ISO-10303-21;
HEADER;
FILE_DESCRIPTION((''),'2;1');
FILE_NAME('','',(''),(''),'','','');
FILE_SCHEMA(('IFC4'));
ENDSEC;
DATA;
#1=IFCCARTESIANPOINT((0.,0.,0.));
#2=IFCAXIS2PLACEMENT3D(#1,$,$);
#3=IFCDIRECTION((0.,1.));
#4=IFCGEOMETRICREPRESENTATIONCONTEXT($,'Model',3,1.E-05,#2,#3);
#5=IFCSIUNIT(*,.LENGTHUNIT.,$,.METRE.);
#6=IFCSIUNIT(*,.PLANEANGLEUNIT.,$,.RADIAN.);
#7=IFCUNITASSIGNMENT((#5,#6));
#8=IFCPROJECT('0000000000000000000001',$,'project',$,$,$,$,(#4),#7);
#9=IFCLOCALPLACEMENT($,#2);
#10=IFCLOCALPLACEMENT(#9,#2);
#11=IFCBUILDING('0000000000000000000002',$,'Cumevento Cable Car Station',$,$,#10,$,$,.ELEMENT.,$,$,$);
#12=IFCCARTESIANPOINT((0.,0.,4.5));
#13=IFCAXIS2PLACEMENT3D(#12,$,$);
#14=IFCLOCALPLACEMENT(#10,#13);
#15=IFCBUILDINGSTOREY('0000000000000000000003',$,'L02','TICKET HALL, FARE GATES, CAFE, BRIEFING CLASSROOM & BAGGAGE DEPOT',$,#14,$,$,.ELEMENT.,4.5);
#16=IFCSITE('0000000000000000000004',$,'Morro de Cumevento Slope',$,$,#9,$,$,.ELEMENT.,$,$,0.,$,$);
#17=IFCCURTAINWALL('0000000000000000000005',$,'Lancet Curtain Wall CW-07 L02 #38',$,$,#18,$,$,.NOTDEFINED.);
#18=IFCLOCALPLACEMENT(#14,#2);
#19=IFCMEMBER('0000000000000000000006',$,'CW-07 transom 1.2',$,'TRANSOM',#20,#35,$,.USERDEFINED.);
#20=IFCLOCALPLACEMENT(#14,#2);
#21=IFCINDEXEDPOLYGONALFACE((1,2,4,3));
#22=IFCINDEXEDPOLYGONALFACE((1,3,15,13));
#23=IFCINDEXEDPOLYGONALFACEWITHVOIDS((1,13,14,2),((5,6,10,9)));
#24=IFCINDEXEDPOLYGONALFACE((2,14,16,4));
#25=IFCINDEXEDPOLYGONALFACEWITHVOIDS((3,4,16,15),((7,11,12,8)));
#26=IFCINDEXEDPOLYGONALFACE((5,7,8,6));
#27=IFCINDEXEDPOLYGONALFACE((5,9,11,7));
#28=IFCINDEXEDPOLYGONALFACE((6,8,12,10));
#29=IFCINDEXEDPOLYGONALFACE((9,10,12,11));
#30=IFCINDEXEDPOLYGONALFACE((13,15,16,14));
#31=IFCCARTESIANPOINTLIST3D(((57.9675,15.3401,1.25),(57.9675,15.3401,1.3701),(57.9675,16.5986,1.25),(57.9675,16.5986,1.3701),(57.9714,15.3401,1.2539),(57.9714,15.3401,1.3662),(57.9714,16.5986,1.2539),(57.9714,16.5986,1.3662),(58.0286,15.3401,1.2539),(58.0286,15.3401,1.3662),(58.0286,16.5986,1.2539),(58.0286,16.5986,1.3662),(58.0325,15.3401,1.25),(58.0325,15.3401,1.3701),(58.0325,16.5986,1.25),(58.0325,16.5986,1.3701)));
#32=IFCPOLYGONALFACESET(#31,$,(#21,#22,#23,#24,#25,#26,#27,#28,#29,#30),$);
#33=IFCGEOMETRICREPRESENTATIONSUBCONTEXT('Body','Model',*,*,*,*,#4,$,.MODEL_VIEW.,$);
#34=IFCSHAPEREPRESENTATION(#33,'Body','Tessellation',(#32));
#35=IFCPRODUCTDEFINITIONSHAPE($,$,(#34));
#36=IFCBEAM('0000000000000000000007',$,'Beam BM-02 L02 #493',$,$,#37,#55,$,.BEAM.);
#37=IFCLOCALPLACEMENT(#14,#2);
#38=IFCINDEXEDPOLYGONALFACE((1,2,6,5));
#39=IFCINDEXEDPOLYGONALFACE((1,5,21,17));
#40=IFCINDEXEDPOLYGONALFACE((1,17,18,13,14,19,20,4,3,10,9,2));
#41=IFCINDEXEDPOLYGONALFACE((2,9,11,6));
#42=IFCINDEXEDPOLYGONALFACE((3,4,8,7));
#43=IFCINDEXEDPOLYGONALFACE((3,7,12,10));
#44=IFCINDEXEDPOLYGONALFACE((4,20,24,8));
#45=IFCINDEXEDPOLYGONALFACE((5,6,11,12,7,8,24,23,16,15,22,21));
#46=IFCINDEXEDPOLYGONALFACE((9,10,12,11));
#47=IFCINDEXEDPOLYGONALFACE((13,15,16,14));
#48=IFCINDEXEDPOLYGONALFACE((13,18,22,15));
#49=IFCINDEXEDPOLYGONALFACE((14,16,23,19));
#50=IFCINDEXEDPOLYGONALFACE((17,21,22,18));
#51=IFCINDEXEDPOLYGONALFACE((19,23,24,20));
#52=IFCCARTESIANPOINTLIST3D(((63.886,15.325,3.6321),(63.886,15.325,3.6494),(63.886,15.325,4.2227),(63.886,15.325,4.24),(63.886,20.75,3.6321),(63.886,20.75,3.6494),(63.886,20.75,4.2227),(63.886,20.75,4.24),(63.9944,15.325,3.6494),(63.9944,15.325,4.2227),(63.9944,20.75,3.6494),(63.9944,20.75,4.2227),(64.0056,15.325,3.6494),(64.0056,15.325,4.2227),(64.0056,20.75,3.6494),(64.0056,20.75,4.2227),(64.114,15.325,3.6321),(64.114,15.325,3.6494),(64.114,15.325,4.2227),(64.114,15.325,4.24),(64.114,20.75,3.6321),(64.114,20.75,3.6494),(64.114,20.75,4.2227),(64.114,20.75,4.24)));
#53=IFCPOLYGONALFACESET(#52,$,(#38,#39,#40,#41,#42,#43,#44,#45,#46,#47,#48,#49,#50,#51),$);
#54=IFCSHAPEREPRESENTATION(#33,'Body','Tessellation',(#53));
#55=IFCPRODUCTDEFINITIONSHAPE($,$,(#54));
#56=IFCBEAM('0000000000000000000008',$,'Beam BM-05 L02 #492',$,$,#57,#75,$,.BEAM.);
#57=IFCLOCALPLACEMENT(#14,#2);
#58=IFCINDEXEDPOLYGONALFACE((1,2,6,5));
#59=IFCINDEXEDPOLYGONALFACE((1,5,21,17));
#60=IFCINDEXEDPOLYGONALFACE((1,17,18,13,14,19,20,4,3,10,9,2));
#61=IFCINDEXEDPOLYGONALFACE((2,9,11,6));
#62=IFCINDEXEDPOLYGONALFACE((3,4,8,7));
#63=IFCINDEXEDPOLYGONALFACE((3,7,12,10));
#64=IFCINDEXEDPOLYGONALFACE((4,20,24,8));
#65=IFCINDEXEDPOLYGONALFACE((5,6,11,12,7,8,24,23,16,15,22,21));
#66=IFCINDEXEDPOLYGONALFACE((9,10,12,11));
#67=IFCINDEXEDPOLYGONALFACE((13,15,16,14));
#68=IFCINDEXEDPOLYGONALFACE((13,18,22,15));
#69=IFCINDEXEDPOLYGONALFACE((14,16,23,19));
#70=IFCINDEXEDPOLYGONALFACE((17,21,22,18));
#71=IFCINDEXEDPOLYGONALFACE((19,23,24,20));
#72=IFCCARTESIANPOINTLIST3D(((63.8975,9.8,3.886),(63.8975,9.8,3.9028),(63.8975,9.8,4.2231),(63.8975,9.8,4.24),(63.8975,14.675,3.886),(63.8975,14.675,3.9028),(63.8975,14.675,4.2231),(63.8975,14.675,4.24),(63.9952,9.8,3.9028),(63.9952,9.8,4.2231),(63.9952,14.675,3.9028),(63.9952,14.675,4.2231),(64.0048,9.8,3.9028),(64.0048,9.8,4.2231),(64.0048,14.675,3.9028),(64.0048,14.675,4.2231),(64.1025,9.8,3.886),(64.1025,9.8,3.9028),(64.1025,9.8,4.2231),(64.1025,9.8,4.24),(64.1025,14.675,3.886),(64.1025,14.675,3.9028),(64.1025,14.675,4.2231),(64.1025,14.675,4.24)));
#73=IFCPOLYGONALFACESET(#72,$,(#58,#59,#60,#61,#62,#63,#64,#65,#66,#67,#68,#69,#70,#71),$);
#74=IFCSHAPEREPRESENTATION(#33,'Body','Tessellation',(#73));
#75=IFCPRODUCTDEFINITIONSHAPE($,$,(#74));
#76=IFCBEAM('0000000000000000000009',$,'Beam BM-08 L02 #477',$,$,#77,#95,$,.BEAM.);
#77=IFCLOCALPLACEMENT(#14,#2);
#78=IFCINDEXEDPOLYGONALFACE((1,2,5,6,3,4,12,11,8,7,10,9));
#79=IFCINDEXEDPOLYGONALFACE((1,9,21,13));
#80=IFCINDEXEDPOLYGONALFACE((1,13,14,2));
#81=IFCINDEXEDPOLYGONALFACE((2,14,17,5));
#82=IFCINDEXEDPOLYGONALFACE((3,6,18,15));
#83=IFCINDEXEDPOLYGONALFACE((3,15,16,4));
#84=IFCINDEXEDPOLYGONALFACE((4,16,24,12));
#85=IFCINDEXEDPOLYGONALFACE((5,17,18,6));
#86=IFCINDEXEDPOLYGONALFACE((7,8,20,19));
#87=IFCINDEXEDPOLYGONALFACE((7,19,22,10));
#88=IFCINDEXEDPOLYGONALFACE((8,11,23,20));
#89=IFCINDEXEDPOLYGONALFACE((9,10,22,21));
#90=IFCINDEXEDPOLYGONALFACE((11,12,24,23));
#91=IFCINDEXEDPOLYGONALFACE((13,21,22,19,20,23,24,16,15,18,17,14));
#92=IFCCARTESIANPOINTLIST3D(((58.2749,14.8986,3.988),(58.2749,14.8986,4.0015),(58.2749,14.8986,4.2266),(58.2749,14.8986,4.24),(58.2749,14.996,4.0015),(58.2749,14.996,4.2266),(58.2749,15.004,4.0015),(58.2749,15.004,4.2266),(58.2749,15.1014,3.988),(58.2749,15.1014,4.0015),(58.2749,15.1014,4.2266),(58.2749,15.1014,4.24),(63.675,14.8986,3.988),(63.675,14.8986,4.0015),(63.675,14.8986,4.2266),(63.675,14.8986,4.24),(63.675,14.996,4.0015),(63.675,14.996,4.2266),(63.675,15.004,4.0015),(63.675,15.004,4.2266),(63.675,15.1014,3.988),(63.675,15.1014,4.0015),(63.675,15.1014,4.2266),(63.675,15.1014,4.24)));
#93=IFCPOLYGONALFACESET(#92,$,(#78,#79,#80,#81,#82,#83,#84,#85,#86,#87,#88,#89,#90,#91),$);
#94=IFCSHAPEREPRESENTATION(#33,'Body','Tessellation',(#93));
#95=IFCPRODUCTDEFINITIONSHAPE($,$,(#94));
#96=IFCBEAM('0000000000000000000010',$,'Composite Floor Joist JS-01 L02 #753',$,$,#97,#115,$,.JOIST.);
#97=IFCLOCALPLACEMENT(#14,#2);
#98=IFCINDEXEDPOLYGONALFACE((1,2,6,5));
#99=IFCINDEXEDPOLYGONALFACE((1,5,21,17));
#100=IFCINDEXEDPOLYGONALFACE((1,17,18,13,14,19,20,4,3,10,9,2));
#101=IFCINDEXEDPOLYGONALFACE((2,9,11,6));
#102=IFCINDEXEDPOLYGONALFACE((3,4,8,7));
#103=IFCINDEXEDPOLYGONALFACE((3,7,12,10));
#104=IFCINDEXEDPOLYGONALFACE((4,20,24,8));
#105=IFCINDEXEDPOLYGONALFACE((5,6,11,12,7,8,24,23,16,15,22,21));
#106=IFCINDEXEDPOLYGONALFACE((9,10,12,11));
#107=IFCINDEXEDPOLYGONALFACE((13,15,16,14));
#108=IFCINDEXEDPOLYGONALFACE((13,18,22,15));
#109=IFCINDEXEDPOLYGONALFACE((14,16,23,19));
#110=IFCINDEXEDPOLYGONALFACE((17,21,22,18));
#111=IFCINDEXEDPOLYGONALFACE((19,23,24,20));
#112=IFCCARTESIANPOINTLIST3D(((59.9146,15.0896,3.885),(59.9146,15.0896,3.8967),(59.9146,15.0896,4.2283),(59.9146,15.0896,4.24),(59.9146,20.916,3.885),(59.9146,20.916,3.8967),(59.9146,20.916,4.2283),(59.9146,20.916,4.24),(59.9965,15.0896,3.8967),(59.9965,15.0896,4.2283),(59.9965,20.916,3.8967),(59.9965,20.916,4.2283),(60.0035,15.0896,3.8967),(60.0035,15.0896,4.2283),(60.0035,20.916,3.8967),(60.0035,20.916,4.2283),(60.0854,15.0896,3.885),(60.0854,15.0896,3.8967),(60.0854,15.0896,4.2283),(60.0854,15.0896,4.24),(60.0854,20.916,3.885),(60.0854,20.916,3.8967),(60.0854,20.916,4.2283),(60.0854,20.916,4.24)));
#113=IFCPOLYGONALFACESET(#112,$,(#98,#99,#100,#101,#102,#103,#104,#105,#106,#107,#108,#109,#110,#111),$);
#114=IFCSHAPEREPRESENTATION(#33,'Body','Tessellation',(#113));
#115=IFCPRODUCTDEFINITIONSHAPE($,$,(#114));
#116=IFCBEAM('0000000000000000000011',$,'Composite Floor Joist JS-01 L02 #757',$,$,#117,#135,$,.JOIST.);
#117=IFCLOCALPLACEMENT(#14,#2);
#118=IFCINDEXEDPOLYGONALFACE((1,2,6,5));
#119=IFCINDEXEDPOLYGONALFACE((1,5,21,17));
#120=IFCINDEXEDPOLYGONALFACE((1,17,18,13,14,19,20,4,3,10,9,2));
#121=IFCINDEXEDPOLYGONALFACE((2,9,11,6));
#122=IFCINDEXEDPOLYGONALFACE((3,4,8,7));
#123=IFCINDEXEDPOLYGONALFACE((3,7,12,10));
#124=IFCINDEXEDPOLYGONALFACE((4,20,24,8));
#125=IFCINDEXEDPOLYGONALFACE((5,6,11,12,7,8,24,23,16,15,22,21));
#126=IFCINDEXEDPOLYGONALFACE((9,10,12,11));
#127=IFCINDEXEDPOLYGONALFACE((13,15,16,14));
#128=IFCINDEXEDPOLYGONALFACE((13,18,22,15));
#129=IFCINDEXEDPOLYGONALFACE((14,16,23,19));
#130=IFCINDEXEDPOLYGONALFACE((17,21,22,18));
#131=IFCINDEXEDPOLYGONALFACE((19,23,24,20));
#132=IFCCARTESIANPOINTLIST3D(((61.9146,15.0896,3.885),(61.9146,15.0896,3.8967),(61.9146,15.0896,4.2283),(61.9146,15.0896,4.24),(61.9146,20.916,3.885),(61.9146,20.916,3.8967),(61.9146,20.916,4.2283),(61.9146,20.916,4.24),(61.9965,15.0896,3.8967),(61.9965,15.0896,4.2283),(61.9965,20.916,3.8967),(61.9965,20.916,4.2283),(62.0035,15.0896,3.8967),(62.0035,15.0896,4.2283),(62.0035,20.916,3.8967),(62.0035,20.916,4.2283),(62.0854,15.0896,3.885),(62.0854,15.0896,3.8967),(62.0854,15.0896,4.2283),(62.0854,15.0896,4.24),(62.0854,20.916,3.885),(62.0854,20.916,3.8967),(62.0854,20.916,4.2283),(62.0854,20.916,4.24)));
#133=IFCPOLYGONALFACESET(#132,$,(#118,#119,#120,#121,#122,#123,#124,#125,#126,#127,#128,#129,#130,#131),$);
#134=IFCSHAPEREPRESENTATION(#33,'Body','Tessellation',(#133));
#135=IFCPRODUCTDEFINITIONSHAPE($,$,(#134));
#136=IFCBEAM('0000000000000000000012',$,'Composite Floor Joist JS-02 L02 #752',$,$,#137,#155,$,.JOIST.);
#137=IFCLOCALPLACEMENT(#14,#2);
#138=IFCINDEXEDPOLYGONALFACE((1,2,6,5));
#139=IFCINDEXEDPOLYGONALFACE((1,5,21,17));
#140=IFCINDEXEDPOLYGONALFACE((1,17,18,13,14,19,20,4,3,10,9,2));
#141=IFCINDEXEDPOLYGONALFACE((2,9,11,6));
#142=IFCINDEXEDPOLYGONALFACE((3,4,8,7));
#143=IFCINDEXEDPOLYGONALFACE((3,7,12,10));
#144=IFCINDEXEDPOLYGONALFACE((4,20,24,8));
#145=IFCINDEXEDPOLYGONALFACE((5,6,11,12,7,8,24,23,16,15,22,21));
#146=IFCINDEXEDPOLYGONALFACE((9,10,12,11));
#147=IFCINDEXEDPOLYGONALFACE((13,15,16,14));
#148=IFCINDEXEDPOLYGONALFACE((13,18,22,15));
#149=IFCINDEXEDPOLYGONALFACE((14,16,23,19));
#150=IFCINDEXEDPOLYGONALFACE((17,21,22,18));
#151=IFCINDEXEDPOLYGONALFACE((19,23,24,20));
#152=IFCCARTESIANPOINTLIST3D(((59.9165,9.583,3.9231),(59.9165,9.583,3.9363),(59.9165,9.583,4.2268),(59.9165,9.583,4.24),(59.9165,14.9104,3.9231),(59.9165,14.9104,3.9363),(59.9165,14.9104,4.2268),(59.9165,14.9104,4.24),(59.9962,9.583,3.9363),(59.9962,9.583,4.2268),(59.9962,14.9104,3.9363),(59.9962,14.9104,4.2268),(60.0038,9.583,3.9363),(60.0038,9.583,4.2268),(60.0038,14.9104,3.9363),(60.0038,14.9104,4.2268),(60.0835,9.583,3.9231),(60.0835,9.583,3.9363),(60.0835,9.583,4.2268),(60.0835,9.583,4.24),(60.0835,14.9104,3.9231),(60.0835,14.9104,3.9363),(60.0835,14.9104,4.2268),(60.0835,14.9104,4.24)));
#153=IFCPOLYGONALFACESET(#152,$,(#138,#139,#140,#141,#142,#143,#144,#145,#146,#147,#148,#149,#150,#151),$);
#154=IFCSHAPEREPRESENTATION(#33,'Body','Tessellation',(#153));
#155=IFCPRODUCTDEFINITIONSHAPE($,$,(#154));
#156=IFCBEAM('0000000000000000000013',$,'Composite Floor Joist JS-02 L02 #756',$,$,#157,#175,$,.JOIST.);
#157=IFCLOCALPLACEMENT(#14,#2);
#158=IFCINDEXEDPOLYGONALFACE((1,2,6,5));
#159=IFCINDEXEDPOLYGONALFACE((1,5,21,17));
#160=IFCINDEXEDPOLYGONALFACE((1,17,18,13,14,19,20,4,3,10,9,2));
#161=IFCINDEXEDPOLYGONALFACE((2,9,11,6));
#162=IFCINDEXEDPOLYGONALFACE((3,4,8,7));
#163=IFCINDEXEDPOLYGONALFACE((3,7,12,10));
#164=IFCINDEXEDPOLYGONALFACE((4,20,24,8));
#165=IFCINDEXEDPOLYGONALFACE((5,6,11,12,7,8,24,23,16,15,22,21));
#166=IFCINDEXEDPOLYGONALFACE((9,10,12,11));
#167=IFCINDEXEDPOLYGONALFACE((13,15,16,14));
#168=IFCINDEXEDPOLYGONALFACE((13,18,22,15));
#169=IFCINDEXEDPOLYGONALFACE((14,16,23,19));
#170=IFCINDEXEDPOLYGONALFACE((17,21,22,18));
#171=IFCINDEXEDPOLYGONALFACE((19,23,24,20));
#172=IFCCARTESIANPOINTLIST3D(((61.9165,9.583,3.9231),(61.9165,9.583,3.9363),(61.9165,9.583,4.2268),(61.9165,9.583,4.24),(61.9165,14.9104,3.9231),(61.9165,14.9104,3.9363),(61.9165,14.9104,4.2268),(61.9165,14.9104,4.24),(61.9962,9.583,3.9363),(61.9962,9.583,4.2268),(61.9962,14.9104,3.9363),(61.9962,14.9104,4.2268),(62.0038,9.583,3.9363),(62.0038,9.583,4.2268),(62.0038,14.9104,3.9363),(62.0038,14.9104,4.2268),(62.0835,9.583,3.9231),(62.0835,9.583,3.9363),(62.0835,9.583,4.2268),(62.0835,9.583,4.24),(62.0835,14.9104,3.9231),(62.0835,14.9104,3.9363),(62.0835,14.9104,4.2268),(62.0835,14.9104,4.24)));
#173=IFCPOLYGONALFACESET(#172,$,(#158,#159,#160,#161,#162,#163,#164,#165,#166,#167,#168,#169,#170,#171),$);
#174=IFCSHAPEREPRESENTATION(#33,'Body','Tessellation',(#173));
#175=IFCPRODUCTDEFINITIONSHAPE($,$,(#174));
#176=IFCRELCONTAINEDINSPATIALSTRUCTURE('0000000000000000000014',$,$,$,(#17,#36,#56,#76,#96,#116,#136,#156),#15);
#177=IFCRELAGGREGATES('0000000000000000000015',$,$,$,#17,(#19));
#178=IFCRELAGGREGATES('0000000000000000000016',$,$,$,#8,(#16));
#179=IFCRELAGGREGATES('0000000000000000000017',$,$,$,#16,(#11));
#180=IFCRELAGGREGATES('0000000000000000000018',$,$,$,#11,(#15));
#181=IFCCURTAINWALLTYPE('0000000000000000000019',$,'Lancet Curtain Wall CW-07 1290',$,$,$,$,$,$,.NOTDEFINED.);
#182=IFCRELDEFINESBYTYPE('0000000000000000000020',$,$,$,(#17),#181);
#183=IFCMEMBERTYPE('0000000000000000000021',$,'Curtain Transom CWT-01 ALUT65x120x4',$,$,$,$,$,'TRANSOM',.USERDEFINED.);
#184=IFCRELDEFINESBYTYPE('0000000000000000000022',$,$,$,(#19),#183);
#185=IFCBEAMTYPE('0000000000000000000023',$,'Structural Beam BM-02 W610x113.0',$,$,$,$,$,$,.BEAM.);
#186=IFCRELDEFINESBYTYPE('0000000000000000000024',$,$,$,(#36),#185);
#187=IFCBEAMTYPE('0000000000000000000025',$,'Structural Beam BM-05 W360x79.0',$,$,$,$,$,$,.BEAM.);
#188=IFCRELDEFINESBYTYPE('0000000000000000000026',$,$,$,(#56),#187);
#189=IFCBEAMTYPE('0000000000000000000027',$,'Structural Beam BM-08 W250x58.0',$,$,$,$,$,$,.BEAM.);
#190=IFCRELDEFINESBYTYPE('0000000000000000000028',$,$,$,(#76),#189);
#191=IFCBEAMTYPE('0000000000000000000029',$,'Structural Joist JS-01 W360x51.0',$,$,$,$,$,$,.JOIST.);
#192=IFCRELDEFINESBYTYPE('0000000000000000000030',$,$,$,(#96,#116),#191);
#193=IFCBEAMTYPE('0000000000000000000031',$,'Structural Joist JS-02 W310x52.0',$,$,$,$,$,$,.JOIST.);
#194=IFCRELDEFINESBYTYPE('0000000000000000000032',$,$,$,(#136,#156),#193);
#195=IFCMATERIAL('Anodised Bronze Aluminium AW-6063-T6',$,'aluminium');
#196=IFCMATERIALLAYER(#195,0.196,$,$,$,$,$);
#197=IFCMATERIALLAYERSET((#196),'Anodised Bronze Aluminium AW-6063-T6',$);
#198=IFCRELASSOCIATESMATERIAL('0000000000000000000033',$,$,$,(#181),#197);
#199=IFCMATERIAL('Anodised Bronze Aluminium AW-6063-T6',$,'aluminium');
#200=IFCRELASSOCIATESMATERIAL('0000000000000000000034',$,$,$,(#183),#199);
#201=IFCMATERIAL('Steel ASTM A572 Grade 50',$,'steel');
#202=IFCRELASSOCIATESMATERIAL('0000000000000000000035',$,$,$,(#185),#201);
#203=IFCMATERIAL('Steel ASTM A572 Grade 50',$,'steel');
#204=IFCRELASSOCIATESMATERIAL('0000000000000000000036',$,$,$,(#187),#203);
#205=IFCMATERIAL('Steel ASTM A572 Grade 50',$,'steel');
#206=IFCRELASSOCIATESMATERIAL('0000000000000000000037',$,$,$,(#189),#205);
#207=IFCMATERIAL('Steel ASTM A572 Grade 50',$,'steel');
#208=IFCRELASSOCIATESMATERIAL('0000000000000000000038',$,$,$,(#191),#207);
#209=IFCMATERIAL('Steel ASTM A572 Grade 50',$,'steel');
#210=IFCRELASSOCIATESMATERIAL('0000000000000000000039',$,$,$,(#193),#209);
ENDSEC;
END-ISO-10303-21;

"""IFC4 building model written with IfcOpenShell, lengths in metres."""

from ifc_helpers import new_model, si_unit, direction, frame, origin, origin_2d, place, context, subcontext, project, spatial, hollow_rectangle, i_section, extrude, material, layer, layer_set, material_profile, profile_set, type_object, element, aggregate, save


model = new_model("IFC4")

# Units and contexts
model_context = context("Model", 3, precision=1e-05, world=origin(), true_north=direction((0.0, 1.0)))
body_context = subcontext(model_context, "Body", "Model", "MODEL_VIEW")
ifc_project = project(units=[si_unit("LENGTHUNIT", "METRE"), si_unit("PLANEANGLEUNIT", "RADIAN")], contexts=[model_context])

# Site, building, storey
site_placement = place(None, origin())
site = spatial("IfcSite", under=ifc_project, at=site_placement, Name="Morro de Cumevento Slope", CompositionType="ELEMENT", RefElevation=0.0)
building_placement = place(site_placement, origin())
building = spatial("IfcBuilding", under=site, at=building_placement, Name="Cumevento Cable Car Station", CompositionType="ELEMENT")
storey_placement = place(building_placement, frame((0.0, 0.0, 4.5)))
storey = spatial("IfcBuildingStorey", under=building, at=storey_placement, Name="L02", Description="TICKET HALL, FARE GATES, CAFE, BRIEFING CLASSROOM & BAGGAGE DEPOT", CompositionType="ELEMENT", Elevation=4.5)

# Curtain wall
ifc_material_1 = material(Name="Anodised Bronze Aluminium AW-6063-T6", Category="aluminium")
ifc_layer_1 = layer(ifc_material_1, 0.196)
ifc_layer_set_1 = layer_set([ifc_layer_1], Name="Anodised Bronze Aluminium AW-6063-T6")
curtain_wall_type_1 = type_object("IfcCurtainWallType", Name="Lancet Curtain Wall CW-07 1290", PredefinedType="NOTDEFINED", material=ifc_layer_set_1)
curtain_wall_1_placement = place(storey_placement, origin())
curtain_wall_1 = element("IfcCurtainWall", 1, at=curtain_wall_1_placement, inside=storey, type_object=curtain_wall_type_1, Name="Lancet Curtain Wall CW-07 L02 #38", PredefinedType="NOTDEFINED")

# Member
ifc_material_2 = material(Name="Anodised Bronze Aluminium AW-6063-T6", Category="aluminium")
ifc_material_profile_1 = material_profile(ifc_material_2, hollow_rectangle(XDim=0.0649, YDim=0.1201, WallThickness=0.0039, at=origin_2d()), Name="ALUT65x120x4")
ifc_profile_set_1 = profile_set([ifc_material_profile_1], Name="Anodised Bronze Aluminium AW-6063-T6")
member_type_1 = type_object("IfcMemberType", Name="Curtain Transom CWT-01 ALUT65x120x4", ElementType="TRANSOM", PredefinedType="USERDEFINED", material=ifc_profile_set_1)
member_1_placement = place(storey_placement, frame((58.0, 15.3401, 1.3101), z_axis=(0.0, 1.0, 0.0), x_axis=(-1.0, 0.0, 0.0)))
member_1 = element("IfcMember", 2, at=member_1_placement, type_object=member_type_1, Name="CW-07 transom 1.2", ObjectType="TRANSOM", PredefinedType="USERDEFINED", context=body_context, shape_type="SweptSolid", body=[
    extrude(hollow_rectangle(XDim=0.0649, YDim=0.1201, WallThickness=0.0039, at=origin_2d()), origin(), (0.0, 0.0, 1.0), 1.2585),
])
aggregate(curtain_wall_1, [member_1])

# Beams
ifc_material_3 = material(Name="Steel ASTM A572 Grade 50", Category="steel")
ifc_material_profile_2 = material_profile(ifc_material_3, i_section(OverallWidth=0.228, OverallDepth=0.6079, WebThickness=0.0112, FlangeThickness=0.0173, at=origin_2d()), Name="W610x113.0")
ifc_profile_set_2 = profile_set([ifc_material_profile_2], Name="Steel ASTM A572 Grade 50")
beam_type_1 = type_object("IfcBeamType", Name="Structural Beam BM-02 W610x113.0", PredefinedType="BEAM", material=ifc_profile_set_2)
beam_1_placement = place(storey_placement, frame((64.0, 15.325, 3.936), z_axis=(0.0, 1.0, 0.0), x_axis=(-1.0, 0.0, 0.0)))
element("IfcBeam", 3, at=beam_1_placement, inside=storey, type_object=beam_type_1, Name="Beam BM-02 L02 #493", PredefinedType="BEAM", context=body_context, shape_type="SweptSolid", body=[
    extrude(i_section(OverallWidth=0.228, OverallDepth=0.6079, WebThickness=0.0112, FlangeThickness=0.0173, at=origin_2d()), origin(), (0.0, 0.0, 1.0), 5.425),
])
ifc_material_4 = material(Name="Steel ASTM A572 Grade 50", Category="steel")
ifc_material_profile_3 = material_profile(ifc_material_4, i_section(OverallWidth=0.2051, OverallDepth=0.354, WebThickness=0.0095, FlangeThickness=0.0168, at=origin_2d()), Name="W360x79.0")
ifc_profile_set_3 = profile_set([ifc_material_profile_3], Name="Steel ASTM A572 Grade 50")
beam_type_2 = type_object("IfcBeamType", Name="Structural Beam BM-05 W360x79.0", PredefinedType="BEAM", material=ifc_profile_set_3)
beam_2_placement = place(storey_placement, frame((64.0, 9.8, 4.063), z_axis=(0.0, 1.0, 0.0), x_axis=(-1.0, 0.0, 0.0)))
element("IfcBeam", 4, at=beam_2_placement, inside=storey, type_object=beam_type_2, Name="Beam BM-05 L02 #492", PredefinedType="BEAM", context=body_context, shape_type="SweptSolid", body=[
    extrude(i_section(OverallWidth=0.2051, OverallDepth=0.354, WebThickness=0.0095, FlangeThickness=0.0168, at=origin_2d()), origin(), (0.0, 0.0, 1.0), 4.875),
])
ifc_material_5 = material(Name="Steel ASTM A572 Grade 50", Category="steel")
ifc_material_profile_4 = material_profile(ifc_material_5, i_section(OverallWidth=0.2029, OverallDepth=0.252, WebThickness=0.0081, FlangeThickness=0.0134, at=origin_2d()), Name="W250x58.0")
ifc_profile_set_4 = profile_set([ifc_material_profile_4], Name="Steel ASTM A572 Grade 50")
beam_type_3 = type_object("IfcBeamType", Name="Structural Beam BM-08 W250x58.0", PredefinedType="BEAM", material=ifc_profile_set_4)
beam_3_placement = place(storey_placement, frame((58.2749, 15.0, 4.114), z_axis=(1.0, 0.0, 0.0), x_axis=(0.0, 1.0, 0.0)))
element("IfcBeam", 5, at=beam_3_placement, inside=storey, type_object=beam_type_3, Name="Beam BM-08 L02 #477", PredefinedType="BEAM", context=body_context, shape_type="SweptSolid", body=[
    extrude(i_section(OverallWidth=0.2029, OverallDepth=0.252, WebThickness=0.0081, FlangeThickness=0.0134, at=origin_2d()), origin(), (0.0, 0.0, 1.0), 5.4001),
])
ifc_material_6 = material(Name="Steel ASTM A572 Grade 50", Category="steel")
ifc_material_profile_5 = material_profile(ifc_material_6, i_section(OverallWidth=0.1709, OverallDepth=0.355, WebThickness=0.0071, FlangeThickness=0.0117, at=origin_2d()), Name="W360x51.0")
ifc_profile_set_5 = profile_set([ifc_material_profile_5], Name="Steel ASTM A572 Grade 50")
beam_type_4 = type_object("IfcBeamType", Name="Structural Joist JS-01 W360x51.0", PredefinedType="JOIST", material=ifc_profile_set_5)
for number, where, z_axis, x_axis, name in (
    (6, (60.0, 15.0896, 4.0625), (0.0, 1.0, 0.0), (-1.0, 0.0, 0.0), "Composite Floor Joist JS-01 L02 #753"),
    (7, (62.0, 15.0896, 4.0625), (0.0, 1.0, 0.0), (-1.0, 0.0, 0.0), "Composite Floor Joist JS-01 L02 #757"),
):
    element("IfcBeam", number, at=place(storey_placement, frame(where, z_axis=z_axis, x_axis=x_axis)), inside=storey, type_object=beam_type_4, Name=name, PredefinedType="JOIST", context=body_context, shape_type="SweptSolid", body=[
        extrude(i_section(OverallWidth=0.1709, OverallDepth=0.355, WebThickness=0.0071, FlangeThickness=0.0117, at=origin_2d()), origin(), (0.0, 0.0, 1.0), 5.8264),
    ])
ifc_material_7 = material(Name="Steel ASTM A572 Grade 50", Category="steel")
ifc_material_profile_6 = material_profile(ifc_material_7, i_section(OverallWidth=0.167, OverallDepth=0.3169, WebThickness=0.0076, FlangeThickness=0.0132, at=origin_2d()), Name="W310x52.0")
ifc_profile_set_6 = profile_set([ifc_material_profile_6], Name="Steel ASTM A572 Grade 50")
beam_type_5 = type_object("IfcBeamType", Name="Structural Joist JS-02 W310x52.0", PredefinedType="JOIST", material=ifc_profile_set_6)
for number, where, z_axis, x_axis, name in (
    (8, (60.0, 9.583, 4.0815), (0.0, 1.0, 0.0), (-1.0, 0.0, 0.0), "Composite Floor Joist JS-02 L02 #752"),
    (9, (62.0, 9.583, 4.0815), (0.0, 1.0, 0.0), (-1.0, 0.0, 0.0), "Composite Floor Joist JS-02 L02 #756"),
):
    element("IfcBeam", number, at=place(storey_placement, frame(where, z_axis=z_axis, x_axis=x_axis)), inside=storey, type_object=beam_type_5, Name=name, PredefinedType="JOIST", context=body_context, shape_type="SweptSolid", body=[
        extrude(i_section(OverallWidth=0.167, OverallDepth=0.3169, WebThickness=0.0076, FlangeThickness=0.0132, at=origin_2d()), origin(), (0.0, 0.0, 1.0), 5.3274),
    ])

save(model, "model.ifc")
